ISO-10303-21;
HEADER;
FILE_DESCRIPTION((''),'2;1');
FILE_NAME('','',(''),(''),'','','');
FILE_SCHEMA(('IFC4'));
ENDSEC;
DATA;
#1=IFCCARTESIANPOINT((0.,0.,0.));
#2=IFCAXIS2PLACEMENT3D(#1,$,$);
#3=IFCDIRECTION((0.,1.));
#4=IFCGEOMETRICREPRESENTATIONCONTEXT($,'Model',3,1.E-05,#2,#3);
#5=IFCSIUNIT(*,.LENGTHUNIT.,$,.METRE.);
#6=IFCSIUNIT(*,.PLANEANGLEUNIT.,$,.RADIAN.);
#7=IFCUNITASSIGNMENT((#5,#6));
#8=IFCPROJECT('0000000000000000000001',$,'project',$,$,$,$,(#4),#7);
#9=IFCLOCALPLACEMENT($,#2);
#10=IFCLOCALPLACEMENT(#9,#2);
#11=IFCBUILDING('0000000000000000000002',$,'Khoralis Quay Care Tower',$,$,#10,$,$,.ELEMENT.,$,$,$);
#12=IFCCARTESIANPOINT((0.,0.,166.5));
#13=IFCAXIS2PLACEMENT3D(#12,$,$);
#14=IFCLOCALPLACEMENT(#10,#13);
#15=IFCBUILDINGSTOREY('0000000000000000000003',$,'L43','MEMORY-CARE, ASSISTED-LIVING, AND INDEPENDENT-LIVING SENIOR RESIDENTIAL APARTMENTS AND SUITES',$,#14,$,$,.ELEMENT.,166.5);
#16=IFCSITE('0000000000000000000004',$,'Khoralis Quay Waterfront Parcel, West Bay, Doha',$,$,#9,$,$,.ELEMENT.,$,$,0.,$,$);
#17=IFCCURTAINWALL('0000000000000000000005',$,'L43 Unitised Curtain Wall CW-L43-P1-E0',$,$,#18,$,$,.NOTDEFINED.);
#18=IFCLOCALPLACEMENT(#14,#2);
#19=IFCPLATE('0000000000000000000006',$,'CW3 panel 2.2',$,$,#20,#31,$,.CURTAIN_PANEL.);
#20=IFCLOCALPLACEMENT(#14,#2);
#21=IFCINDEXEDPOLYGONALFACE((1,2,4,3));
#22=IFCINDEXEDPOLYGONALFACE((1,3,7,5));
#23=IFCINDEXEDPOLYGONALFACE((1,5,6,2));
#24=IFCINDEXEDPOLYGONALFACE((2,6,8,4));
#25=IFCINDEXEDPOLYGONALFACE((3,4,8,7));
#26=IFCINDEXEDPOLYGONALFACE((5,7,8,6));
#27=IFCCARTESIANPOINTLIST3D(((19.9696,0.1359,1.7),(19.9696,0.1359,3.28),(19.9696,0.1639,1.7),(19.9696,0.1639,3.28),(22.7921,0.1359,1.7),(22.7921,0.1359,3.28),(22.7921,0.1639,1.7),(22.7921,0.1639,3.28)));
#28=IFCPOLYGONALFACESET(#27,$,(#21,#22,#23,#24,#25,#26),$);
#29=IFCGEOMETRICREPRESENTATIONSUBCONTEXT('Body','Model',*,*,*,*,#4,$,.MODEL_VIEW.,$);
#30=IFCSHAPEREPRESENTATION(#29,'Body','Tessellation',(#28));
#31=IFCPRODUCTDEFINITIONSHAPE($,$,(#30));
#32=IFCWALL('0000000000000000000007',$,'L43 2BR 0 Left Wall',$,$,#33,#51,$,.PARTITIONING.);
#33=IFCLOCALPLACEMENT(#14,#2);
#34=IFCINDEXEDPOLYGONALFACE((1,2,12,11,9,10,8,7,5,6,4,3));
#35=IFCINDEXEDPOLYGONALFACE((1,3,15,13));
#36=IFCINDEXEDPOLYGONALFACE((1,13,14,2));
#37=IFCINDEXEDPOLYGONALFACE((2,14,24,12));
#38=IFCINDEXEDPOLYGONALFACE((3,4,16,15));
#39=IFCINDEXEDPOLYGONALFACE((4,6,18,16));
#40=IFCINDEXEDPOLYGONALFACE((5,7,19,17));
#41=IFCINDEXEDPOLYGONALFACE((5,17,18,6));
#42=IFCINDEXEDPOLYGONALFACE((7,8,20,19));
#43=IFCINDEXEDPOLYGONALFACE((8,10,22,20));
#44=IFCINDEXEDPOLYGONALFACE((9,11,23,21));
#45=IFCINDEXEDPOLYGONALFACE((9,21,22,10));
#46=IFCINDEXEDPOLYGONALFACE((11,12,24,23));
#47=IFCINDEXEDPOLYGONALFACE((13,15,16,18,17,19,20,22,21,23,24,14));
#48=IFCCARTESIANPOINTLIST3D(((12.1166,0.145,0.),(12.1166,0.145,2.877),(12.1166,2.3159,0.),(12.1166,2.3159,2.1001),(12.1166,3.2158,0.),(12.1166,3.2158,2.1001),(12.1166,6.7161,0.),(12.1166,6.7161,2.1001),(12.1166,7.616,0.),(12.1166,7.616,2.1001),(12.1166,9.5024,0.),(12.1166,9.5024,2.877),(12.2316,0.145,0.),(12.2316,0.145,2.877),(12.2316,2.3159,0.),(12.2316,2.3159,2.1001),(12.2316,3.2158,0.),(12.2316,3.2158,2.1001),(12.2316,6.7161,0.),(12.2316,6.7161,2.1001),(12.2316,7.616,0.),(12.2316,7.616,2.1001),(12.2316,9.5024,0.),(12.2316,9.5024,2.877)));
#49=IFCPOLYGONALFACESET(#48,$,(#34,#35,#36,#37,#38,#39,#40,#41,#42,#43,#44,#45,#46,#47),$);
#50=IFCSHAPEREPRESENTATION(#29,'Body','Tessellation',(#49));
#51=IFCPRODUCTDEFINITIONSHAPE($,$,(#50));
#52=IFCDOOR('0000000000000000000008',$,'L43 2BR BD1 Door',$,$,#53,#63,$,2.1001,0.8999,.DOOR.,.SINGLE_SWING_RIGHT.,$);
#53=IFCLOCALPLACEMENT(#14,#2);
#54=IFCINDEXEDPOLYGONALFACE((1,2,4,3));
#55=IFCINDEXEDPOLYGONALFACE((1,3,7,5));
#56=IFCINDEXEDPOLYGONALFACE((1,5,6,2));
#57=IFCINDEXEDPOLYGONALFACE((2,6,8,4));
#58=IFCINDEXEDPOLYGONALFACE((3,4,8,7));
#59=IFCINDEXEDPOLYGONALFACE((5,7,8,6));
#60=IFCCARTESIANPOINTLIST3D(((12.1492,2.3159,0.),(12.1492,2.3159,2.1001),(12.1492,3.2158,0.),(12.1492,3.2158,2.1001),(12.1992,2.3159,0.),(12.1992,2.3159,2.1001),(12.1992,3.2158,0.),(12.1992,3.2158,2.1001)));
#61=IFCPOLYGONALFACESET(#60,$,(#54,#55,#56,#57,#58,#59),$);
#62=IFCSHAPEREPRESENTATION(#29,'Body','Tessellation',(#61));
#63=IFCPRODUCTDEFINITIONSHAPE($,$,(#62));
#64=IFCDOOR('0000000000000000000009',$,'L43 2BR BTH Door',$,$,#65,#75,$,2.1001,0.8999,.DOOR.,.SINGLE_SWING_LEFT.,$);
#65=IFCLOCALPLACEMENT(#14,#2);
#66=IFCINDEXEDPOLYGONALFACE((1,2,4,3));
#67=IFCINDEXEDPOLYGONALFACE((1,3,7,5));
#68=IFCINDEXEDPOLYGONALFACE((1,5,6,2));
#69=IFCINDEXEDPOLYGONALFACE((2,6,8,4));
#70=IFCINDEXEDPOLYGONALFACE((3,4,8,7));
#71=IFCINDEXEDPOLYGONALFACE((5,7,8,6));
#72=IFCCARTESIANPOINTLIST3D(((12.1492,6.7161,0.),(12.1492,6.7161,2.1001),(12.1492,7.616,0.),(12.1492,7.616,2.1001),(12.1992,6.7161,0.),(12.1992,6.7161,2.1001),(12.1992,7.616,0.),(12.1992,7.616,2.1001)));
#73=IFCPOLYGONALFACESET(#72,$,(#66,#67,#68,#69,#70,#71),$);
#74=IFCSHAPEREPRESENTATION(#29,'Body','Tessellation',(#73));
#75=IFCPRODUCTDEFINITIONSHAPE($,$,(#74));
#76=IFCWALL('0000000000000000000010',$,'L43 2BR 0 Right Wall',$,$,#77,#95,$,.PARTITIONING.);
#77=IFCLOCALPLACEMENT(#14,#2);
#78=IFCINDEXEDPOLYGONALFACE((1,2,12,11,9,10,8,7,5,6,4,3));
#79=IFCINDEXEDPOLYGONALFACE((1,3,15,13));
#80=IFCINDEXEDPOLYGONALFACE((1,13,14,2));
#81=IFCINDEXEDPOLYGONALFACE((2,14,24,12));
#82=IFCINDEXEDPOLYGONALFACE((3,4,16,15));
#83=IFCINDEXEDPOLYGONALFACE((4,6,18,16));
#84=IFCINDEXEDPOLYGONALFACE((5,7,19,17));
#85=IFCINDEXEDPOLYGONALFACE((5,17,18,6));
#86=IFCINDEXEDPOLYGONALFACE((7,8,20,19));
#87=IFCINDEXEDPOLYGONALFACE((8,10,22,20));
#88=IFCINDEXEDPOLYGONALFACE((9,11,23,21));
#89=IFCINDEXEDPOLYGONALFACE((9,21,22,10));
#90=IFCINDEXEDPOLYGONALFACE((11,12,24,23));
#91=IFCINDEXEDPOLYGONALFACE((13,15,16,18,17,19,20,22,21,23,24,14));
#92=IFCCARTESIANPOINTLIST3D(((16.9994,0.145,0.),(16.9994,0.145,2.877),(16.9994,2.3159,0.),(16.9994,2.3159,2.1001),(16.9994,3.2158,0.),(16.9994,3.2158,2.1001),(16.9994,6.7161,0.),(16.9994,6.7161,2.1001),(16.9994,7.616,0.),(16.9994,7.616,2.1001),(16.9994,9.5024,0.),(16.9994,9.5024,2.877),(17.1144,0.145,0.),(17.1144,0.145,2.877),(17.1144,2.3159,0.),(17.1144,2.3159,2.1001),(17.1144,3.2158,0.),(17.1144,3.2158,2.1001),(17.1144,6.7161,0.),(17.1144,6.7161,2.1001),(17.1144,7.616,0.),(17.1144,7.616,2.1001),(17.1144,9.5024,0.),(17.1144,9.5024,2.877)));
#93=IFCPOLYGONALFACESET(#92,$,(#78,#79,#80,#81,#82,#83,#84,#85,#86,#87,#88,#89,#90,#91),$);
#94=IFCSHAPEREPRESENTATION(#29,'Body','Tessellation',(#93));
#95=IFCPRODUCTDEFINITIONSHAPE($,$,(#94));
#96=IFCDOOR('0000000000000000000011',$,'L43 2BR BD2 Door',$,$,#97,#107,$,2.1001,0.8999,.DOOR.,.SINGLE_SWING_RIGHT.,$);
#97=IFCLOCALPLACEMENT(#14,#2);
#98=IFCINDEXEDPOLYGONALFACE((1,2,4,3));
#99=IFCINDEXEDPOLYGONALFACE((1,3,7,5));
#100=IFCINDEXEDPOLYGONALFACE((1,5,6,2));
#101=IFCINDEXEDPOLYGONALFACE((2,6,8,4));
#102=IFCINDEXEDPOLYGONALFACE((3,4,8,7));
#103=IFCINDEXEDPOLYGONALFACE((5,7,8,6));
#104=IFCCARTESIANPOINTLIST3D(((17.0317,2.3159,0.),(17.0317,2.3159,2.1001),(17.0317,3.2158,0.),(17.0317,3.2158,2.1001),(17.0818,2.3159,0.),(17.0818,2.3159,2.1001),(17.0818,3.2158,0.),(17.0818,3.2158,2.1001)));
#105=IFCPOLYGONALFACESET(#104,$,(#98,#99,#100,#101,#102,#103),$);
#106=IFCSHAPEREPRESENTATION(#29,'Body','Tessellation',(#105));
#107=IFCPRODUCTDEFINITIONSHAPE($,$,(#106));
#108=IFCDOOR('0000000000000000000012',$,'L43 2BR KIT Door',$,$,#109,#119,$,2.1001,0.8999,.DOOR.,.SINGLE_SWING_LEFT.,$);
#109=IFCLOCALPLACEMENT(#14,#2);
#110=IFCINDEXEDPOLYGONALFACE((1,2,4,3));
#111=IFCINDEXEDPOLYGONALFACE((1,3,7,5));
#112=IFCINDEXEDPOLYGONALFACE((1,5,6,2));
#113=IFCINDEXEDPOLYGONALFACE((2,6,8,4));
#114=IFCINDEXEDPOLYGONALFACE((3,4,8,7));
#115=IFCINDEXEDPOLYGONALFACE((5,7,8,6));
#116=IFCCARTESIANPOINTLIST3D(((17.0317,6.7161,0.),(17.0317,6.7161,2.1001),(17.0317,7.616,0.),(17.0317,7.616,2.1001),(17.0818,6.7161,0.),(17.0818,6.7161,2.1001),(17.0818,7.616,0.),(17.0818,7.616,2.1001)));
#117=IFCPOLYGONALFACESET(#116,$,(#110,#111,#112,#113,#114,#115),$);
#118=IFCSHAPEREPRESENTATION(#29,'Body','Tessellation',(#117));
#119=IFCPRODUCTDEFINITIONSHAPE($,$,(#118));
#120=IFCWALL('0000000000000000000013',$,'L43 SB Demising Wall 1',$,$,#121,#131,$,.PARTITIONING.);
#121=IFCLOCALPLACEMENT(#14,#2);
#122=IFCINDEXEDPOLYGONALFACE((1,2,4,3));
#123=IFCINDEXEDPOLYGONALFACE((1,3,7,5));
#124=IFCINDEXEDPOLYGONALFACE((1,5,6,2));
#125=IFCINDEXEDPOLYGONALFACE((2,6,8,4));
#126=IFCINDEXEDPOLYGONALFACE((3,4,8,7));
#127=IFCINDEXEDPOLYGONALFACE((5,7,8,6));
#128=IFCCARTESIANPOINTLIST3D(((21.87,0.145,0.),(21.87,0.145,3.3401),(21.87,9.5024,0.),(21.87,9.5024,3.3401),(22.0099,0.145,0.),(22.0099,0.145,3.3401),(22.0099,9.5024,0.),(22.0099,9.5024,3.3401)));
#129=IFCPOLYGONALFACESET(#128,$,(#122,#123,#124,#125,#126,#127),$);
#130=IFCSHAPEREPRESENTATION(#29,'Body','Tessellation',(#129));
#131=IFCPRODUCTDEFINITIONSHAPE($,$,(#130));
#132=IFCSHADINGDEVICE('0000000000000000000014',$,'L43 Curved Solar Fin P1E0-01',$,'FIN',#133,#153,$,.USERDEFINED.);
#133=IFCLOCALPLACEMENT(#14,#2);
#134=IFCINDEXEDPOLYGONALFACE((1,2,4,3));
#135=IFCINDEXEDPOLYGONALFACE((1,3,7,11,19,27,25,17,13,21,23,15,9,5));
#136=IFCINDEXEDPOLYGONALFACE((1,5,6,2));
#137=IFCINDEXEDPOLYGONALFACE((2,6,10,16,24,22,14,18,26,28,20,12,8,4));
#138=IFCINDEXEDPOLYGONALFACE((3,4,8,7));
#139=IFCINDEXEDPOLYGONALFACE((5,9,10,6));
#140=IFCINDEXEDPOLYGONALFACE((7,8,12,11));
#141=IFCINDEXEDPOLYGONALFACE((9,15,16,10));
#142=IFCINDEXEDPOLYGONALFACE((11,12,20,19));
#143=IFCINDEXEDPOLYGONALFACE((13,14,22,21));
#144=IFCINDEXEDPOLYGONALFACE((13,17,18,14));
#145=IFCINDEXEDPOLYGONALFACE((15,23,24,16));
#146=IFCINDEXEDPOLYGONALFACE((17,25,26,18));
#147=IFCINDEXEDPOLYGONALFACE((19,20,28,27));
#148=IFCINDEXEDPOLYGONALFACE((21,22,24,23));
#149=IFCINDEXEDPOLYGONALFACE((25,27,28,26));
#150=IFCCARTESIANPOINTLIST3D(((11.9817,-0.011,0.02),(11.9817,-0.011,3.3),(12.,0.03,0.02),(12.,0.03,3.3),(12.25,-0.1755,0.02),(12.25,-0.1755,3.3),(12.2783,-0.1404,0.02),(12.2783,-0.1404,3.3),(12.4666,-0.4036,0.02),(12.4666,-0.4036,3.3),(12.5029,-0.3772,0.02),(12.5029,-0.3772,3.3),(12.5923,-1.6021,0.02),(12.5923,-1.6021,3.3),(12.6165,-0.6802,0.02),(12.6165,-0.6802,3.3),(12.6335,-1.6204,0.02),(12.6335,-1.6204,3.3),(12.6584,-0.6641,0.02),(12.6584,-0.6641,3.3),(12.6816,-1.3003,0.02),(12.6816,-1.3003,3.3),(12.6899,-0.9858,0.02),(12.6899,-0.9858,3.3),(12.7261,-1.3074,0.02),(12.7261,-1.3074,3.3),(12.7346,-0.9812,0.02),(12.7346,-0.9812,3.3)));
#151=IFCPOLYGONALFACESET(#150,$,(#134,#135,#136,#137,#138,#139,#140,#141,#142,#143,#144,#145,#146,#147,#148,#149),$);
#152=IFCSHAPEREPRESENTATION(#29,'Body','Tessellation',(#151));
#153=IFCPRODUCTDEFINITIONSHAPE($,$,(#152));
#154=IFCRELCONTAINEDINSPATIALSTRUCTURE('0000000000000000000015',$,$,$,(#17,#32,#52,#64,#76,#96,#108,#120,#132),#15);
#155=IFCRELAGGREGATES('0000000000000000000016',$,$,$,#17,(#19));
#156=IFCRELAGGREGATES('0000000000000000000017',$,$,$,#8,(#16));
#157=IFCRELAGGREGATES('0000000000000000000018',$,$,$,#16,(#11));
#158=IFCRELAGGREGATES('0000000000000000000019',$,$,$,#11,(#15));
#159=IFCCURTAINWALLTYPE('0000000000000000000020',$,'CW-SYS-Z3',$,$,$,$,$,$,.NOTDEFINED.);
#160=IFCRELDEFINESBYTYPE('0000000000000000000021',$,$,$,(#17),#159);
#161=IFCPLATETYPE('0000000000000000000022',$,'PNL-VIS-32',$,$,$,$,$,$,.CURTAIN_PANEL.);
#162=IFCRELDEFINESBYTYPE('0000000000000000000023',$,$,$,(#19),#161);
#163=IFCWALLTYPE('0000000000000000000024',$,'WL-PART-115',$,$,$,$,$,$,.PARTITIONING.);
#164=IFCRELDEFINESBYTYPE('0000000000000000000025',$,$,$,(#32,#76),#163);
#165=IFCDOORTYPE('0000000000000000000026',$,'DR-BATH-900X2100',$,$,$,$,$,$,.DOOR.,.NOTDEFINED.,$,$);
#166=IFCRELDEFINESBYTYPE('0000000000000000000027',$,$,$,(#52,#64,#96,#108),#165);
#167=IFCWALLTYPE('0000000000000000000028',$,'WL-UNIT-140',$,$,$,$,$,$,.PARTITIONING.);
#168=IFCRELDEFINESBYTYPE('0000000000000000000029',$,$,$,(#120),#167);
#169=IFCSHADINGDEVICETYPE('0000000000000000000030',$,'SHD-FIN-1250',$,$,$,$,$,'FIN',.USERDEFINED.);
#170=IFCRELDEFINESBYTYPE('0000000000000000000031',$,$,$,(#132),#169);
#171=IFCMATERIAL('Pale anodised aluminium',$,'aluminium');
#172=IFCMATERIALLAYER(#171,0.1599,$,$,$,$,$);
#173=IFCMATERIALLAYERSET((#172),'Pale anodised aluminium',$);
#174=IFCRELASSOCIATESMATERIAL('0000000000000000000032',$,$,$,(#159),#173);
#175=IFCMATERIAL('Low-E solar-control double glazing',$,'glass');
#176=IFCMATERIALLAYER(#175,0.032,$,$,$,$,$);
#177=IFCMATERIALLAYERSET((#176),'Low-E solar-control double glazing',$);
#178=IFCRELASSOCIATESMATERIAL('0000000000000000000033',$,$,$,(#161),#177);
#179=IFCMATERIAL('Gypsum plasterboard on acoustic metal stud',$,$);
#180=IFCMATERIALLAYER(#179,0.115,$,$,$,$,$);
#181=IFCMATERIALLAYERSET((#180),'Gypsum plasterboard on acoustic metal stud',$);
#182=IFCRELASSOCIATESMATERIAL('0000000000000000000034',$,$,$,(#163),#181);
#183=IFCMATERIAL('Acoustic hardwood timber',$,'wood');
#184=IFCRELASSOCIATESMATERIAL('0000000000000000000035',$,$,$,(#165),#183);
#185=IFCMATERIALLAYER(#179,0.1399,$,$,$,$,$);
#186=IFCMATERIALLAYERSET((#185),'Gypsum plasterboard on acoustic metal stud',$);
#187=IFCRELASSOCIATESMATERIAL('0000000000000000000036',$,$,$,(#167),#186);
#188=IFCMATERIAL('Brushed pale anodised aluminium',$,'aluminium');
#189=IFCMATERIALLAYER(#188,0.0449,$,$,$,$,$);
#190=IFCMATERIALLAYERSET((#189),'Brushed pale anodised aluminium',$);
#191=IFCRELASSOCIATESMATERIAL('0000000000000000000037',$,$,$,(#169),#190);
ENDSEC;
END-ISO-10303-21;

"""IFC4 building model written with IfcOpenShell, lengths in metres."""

from ifc_helpers import new_model, si_unit, direction, frame, frame_2d, origin, origin_2d, place, context, subcontext, project, spatial, polyline, rectangle, outline, extrude, source, transform, mapped, material, layer, layer_set, type_object, element, fill, aggregate, save


model = new_model("IFC4")

# Units and contexts
model_context = context("Model", 3, precision=1e-05, world=origin(), true_north=direction((0.0, 1.0)))
body_context = subcontext(model_context, "Body", "Model", "MODEL_VIEW")
ifc_project = project(units=[si_unit("LENGTHUNIT", "METRE"), si_unit("PLANEANGLEUNIT", "RADIAN")], contexts=[model_context])

# Site, building, storey
site_placement = place(None, origin())
site = spatial("IfcSite", under=ifc_project, at=site_placement, Name="Khoralis Quay Waterfront Parcel, West Bay, Doha", CompositionType="ELEMENT", RefElevation=0.0)
building_placement = place(site_placement, origin())
building = spatial("IfcBuilding", under=site, at=building_placement, Name="Khoralis Quay Care Tower", CompositionType="ELEMENT")
storey_placement = place(building_placement, frame((0.0, 0.0, 166.5)))
storey = spatial("IfcBuildingStorey", under=building, at=storey_placement, Name="L43", Description="MEMORY-CARE, ASSISTED-LIVING, AND INDEPENDENT-LIVING SENIOR RESIDENTIAL APARTMENTS AND SUITES", CompositionType="ELEMENT", Elevation=166.5)

# Curtain wall, plate
ifc_material_1 = material(Name="Pale anodised aluminium", Category="aluminium")
ifc_layer_1 = layer(ifc_material_1, 0.1599)
ifc_layer_set_1 = layer_set([ifc_layer_1], Name="Pale anodised aluminium")
curtain_wall_type = type_object("IfcCurtainWallType", Name="CW-SYS-Z3", PredefinedType="NOTDEFINED", material=ifc_layer_set_1)
curtain_wall_placement = place(storey_placement, origin())
curtain_wall = element("IfcCurtainWall", 1, at=curtain_wall_placement, inside=storey, type_object=curtain_wall_type, Name="L43 Unitised Curtain Wall CW-L43-P1-E0", PredefinedType="NOTDEFINED")
ifc_material_2 = material(Name="Low-E solar-control double glazing", Category="glass")
ifc_layer_2 = layer(ifc_material_2, 0.032)
ifc_layer_set_2 = layer_set([ifc_layer_2], Name="Low-E solar-control double glazing")
plate_type = type_object("IfcPlateType", Name="PNL-VIS-32", PredefinedType="CURTAIN_PANEL", material=ifc_layer_set_2)
shared_shape_1 = source(origin(), body_context, "Body", "SweptSolid", [
    extrude(rectangle(XDim=2.8225, YDim=0.0281, at=origin_2d()), origin(), (0.0, 0.0, 1.0), 1.5801),
])
plate_1_placement = place(storey_placement, frame((21.3809, 0.1499, 1.7), z_axis=(0.0, 0.0, 1.0), x_axis=(1.0, 0.0, 0.0)))
plate_1 = element("IfcPlate", 2, at=plate_1_placement, type_object=plate_type, Name="CW3 panel 2.2", PredefinedType="CURTAIN_PANEL", context=body_context, shape_type="MappedRepresentation", body=[
    mapped(shared_shape_1, transform((0.0, 0.0, 0.0), scale=1.0)),
])
aggregate(curtain_wall, [plate_1])

# Walls, openings, doors
ifc_material_3 = material(Name="Gypsum plasterboard on acoustic metal stud")
ifc_layer_3 = layer(ifc_material_3, 0.115)
ifc_layer_set_3 = layer_set([ifc_layer_3], Name="Gypsum plasterboard on acoustic metal stud")
wall_type_1 = type_object("IfcWallType", Name="WL-PART-115", PredefinedType="PARTITIONING", material=ifc_layer_set_3)
wall_1_placement = place(storey_placement, frame((12.1741, 0.145, 0.0), z_axis=(0.0, 0.0, 1.0), x_axis=(0.0, 1.0, 0.0)))
wall_1 = element("IfcWall", 3, at=wall_1_placement, inside=storey, type_object=wall_type_1, Name="L43 2BR 0 Left Wall", PredefinedType="PARTITIONING", context=body_context, shape_type="SweptSolid", body=[
    extrude(rectangle(XDim=9.3574, YDim=0.115, at=frame_2d((4.6787, 0.0))), origin(), (0.0, 0.0, 1.0), 2.877),
])
opening_1_placement = place(wall_1_placement, frame((2.1709, 0.0, 0.0)))
opening_1 = element("IfcOpeningElement", 4, at=opening_1_placement, cuts=wall_1, PredefinedType="OPENING", context=body_context, shape_type="SweptSolid", body=[
    extrude(rectangle(XDim=0.8999, YDim=2.1001, at=frame_2d((0.45, 1.05))), frame((0.0, 0.0674, 0.0), z_axis=(0.0, -1.0, 0.0), x_axis=(1.0, 0.0, 0.0)), (0.0, 0.0, 1.0), 0.135),
])
opening_2_placement = place(wall_1_placement, frame((6.571, 0.0, 0.0)))
opening_2 = element("IfcOpeningElement", 5, at=opening_2_placement, cuts=wall_1, PredefinedType="OPENING", context=body_context, shape_type="SweptSolid", body=[
    extrude(rectangle(XDim=0.8999, YDim=2.1001, at=frame_2d((0.45, 1.05))), frame((0.0, 0.0674, 0.0), z_axis=(0.0, -1.0, 0.0), x_axis=(1.0, 0.0, 0.0)), (0.0, 0.0, 1.0), 0.135),
])
ifc_material_4 = material(Name="Acoustic hardwood timber", Category="wood")
door_type = type_object("IfcDoorType", Name="DR-BATH-900X2100", OperationType="NOTDEFINED", PredefinedType="DOOR", material=ifc_material_4)
shared_shape_2 = source(origin(), body_context, "Body", "SweptSolid", [
    extrude(rectangle(XDim=0.8999, YDim=2.1001, at=frame_2d((0.45, 1.05))), frame((0.0, 0.0249, 0.0), z_axis=(0.0, -1.0, 0.0), x_axis=(1.0, 0.0, 0.0)), (0.0, 0.0, 1.0), 0.05),
])
door_1_placement = place(opening_1_placement, origin())
door_1 = element("IfcDoor", 6, at=door_1_placement, inside=storey, type_object=door_type, Name="L43 2BR BD1 Door", OperationType="SINGLE_SWING_RIGHT", OverallHeight=2.1001, OverallWidth=0.8999, PredefinedType="DOOR", context=body_context, shape_type="MappedRepresentation", body=[
    mapped(shared_shape_2, transform((0.0, 0.0, 0.0), scale=1.0)),
])
fill(opening_1, door_1)
door_2_placement = place(opening_2_placement, origin())
door_2 = element("IfcDoor", 7, at=door_2_placement, inside=storey, type_object=door_type, Name="L43 2BR BTH Door", OperationType="SINGLE_SWING_LEFT", OverallHeight=2.1001, OverallWidth=0.8999, PredefinedType="DOOR", context=body_context, shape_type="MappedRepresentation", body=[
    mapped(shared_shape_2, transform((0.0, 0.0, 0.0), scale=1.0)),
])
fill(opening_2, door_2)
wall_2_placement = place(storey_placement, frame((17.0569, 0.145, 0.0), z_axis=(0.0, 0.0, 1.0), x_axis=(0.0, 1.0, 0.0)))
wall_2 = element("IfcWall", 8, at=wall_2_placement, inside=storey, type_object=wall_type_1, Name="L43 2BR 0 Right Wall", PredefinedType="PARTITIONING", context=body_context, shape_type="SweptSolid", body=[
    extrude(rectangle(XDim=9.3574, YDim=0.115, at=frame_2d((4.6787, 0.0))), origin(), (0.0, 0.0, 1.0), 2.877),
])
opening_3_placement = place(wall_2_placement, frame((2.1709, 0.0, 0.0)))
opening_3 = element("IfcOpeningElement", 9, at=opening_3_placement, cuts=wall_2, PredefinedType="OPENING", context=body_context, shape_type="SweptSolid", body=[
    extrude(rectangle(XDim=0.8999, YDim=2.1001, at=frame_2d((0.45, 1.05))), frame((0.0, 0.0674, 0.0), z_axis=(0.0, -1.0, 0.0), x_axis=(1.0, 0.0, 0.0)), (0.0, 0.0, 1.0), 0.135),
])
opening_4_placement = place(wall_2_placement, frame((6.571, 0.0, 0.0)))
opening_4 = element("IfcOpeningElement", 10, at=opening_4_placement, cuts=wall_2, PredefinedType="OPENING", context=body_context, shape_type="SweptSolid", body=[
    extrude(rectangle(XDim=0.8999, YDim=2.1001, at=frame_2d((0.45, 1.05))), frame((0.0, 0.0674, 0.0), z_axis=(0.0, -1.0, 0.0), x_axis=(1.0, 0.0, 0.0)), (0.0, 0.0, 1.0), 0.135),
])
door_3_placement = place(opening_3_placement, frame((0.8999, 0.0, 0.0), z_axis=(0.0, 0.0, 1.0), x_axis=(-1.0, 0.0, 0.0)))
door_3 = element("IfcDoor", 11, at=door_3_placement, inside=storey, type_object=door_type, Name="L43 2BR BD2 Door", OperationType="SINGLE_SWING_RIGHT", OverallHeight=2.1001, OverallWidth=0.8999, PredefinedType="DOOR", context=body_context, shape_type="MappedRepresentation", body=[
    mapped(shared_shape_2, transform((0.0, 0.0, 0.0), scale=1.0)),
])
fill(opening_3, door_3)
door_4_placement = place(opening_4_placement, frame((0.8999, 0.0, 0.0), z_axis=(0.0, 0.0, 1.0), x_axis=(-1.0, 0.0, 0.0)))
door_4 = element("IfcDoor", 12, at=door_4_placement, inside=storey, type_object=door_type, Name="L43 2BR KIT Door", OperationType="SINGLE_SWING_LEFT", OverallHeight=2.1001, OverallWidth=0.8999, PredefinedType="DOOR", context=body_context, shape_type="MappedRepresentation", body=[
    mapped(shared_shape_2, transform((0.0, 0.0, 0.0), scale=1.0)),
])
fill(opening_4, door_4)

# Wall
ifc_layer_4 = layer(ifc_material_3, 0.1399)
ifc_layer_set_4 = layer_set([ifc_layer_4], Name="Gypsum plasterboard on acoustic metal stud")
wall_type_2 = type_object("IfcWallType", Name="WL-UNIT-140", PredefinedType="PARTITIONING", material=ifc_layer_set_4)
wall_3_placement = place(storey_placement, frame((21.9399, 0.145, 0.0), z_axis=(0.0, 0.0, 1.0), x_axis=(0.0, 1.0, 0.0)))
element("IfcWall", 13, at=wall_3_placement, inside=storey, type_object=wall_type_2, Name="L43 SB Demising Wall 1", PredefinedType="PARTITIONING", context=body_context, shape_type="SweptSolid", body=[
    extrude(rectangle(XDim=9.3574, YDim=0.1399, at=frame_2d((4.6787, 0.0))), origin(), (0.0, 0.0, 1.0), 3.3401),
])

# Shading device
ifc_material_5 = material(Name="Brushed pale anodised aluminium", Category="aluminium")
ifc_layer_5 = layer(ifc_material_5, 0.0449)
ifc_layer_set_5 = layer_set([ifc_layer_5], Name="Brushed pale anodised aluminium")
shading_device_type = type_object("IfcShadingDeviceType", Name="SHD-FIN-1250", ElementType="FIN", PredefinedType="USERDEFINED", material=ifc_layer_set_5)
shared_shape_3 = source(origin(), body_context, "Body", "SweptSolid", [
    extrude(outline(polyline([(0.0, 0.0), (0.1704, 0.2783), (0.4072, 0.5029), (0.6941, 0.6584), (1.0112, 0.7346), (1.3374, 0.7261), (1.6504, 0.6335), (1.6321, 0.5923), (1.3303, 0.6816), (1.0159, 0.6899), (0.7102, 0.6165), (0.4336, 0.4666), (0.2056, 0.25), (0.041, -0.0183), (0.0, 0.0)])), origin(), (0.0, 0.0, 1.0), 3.28),
])
shading_device_placement = place(storey_placement, frame((12.0, 0.03, 0.02), z_axis=(0.0, 0.0, 1.0), x_axis=(0.0, -1.0, 0.0)))
element("IfcShadingDevice", 14, at=shading_device_placement, inside=storey, type_object=shading_device_type, Name="L43 Curved Solar Fin P1E0-01", ObjectType="FIN", PredefinedType="USERDEFINED", context=body_context, shape_type="MappedRepresentation", body=[
    mapped(shared_shape_3, transform((0.0, 0.0, 0.0), scale=1.0)),
])

save(model, "model.ifc")
